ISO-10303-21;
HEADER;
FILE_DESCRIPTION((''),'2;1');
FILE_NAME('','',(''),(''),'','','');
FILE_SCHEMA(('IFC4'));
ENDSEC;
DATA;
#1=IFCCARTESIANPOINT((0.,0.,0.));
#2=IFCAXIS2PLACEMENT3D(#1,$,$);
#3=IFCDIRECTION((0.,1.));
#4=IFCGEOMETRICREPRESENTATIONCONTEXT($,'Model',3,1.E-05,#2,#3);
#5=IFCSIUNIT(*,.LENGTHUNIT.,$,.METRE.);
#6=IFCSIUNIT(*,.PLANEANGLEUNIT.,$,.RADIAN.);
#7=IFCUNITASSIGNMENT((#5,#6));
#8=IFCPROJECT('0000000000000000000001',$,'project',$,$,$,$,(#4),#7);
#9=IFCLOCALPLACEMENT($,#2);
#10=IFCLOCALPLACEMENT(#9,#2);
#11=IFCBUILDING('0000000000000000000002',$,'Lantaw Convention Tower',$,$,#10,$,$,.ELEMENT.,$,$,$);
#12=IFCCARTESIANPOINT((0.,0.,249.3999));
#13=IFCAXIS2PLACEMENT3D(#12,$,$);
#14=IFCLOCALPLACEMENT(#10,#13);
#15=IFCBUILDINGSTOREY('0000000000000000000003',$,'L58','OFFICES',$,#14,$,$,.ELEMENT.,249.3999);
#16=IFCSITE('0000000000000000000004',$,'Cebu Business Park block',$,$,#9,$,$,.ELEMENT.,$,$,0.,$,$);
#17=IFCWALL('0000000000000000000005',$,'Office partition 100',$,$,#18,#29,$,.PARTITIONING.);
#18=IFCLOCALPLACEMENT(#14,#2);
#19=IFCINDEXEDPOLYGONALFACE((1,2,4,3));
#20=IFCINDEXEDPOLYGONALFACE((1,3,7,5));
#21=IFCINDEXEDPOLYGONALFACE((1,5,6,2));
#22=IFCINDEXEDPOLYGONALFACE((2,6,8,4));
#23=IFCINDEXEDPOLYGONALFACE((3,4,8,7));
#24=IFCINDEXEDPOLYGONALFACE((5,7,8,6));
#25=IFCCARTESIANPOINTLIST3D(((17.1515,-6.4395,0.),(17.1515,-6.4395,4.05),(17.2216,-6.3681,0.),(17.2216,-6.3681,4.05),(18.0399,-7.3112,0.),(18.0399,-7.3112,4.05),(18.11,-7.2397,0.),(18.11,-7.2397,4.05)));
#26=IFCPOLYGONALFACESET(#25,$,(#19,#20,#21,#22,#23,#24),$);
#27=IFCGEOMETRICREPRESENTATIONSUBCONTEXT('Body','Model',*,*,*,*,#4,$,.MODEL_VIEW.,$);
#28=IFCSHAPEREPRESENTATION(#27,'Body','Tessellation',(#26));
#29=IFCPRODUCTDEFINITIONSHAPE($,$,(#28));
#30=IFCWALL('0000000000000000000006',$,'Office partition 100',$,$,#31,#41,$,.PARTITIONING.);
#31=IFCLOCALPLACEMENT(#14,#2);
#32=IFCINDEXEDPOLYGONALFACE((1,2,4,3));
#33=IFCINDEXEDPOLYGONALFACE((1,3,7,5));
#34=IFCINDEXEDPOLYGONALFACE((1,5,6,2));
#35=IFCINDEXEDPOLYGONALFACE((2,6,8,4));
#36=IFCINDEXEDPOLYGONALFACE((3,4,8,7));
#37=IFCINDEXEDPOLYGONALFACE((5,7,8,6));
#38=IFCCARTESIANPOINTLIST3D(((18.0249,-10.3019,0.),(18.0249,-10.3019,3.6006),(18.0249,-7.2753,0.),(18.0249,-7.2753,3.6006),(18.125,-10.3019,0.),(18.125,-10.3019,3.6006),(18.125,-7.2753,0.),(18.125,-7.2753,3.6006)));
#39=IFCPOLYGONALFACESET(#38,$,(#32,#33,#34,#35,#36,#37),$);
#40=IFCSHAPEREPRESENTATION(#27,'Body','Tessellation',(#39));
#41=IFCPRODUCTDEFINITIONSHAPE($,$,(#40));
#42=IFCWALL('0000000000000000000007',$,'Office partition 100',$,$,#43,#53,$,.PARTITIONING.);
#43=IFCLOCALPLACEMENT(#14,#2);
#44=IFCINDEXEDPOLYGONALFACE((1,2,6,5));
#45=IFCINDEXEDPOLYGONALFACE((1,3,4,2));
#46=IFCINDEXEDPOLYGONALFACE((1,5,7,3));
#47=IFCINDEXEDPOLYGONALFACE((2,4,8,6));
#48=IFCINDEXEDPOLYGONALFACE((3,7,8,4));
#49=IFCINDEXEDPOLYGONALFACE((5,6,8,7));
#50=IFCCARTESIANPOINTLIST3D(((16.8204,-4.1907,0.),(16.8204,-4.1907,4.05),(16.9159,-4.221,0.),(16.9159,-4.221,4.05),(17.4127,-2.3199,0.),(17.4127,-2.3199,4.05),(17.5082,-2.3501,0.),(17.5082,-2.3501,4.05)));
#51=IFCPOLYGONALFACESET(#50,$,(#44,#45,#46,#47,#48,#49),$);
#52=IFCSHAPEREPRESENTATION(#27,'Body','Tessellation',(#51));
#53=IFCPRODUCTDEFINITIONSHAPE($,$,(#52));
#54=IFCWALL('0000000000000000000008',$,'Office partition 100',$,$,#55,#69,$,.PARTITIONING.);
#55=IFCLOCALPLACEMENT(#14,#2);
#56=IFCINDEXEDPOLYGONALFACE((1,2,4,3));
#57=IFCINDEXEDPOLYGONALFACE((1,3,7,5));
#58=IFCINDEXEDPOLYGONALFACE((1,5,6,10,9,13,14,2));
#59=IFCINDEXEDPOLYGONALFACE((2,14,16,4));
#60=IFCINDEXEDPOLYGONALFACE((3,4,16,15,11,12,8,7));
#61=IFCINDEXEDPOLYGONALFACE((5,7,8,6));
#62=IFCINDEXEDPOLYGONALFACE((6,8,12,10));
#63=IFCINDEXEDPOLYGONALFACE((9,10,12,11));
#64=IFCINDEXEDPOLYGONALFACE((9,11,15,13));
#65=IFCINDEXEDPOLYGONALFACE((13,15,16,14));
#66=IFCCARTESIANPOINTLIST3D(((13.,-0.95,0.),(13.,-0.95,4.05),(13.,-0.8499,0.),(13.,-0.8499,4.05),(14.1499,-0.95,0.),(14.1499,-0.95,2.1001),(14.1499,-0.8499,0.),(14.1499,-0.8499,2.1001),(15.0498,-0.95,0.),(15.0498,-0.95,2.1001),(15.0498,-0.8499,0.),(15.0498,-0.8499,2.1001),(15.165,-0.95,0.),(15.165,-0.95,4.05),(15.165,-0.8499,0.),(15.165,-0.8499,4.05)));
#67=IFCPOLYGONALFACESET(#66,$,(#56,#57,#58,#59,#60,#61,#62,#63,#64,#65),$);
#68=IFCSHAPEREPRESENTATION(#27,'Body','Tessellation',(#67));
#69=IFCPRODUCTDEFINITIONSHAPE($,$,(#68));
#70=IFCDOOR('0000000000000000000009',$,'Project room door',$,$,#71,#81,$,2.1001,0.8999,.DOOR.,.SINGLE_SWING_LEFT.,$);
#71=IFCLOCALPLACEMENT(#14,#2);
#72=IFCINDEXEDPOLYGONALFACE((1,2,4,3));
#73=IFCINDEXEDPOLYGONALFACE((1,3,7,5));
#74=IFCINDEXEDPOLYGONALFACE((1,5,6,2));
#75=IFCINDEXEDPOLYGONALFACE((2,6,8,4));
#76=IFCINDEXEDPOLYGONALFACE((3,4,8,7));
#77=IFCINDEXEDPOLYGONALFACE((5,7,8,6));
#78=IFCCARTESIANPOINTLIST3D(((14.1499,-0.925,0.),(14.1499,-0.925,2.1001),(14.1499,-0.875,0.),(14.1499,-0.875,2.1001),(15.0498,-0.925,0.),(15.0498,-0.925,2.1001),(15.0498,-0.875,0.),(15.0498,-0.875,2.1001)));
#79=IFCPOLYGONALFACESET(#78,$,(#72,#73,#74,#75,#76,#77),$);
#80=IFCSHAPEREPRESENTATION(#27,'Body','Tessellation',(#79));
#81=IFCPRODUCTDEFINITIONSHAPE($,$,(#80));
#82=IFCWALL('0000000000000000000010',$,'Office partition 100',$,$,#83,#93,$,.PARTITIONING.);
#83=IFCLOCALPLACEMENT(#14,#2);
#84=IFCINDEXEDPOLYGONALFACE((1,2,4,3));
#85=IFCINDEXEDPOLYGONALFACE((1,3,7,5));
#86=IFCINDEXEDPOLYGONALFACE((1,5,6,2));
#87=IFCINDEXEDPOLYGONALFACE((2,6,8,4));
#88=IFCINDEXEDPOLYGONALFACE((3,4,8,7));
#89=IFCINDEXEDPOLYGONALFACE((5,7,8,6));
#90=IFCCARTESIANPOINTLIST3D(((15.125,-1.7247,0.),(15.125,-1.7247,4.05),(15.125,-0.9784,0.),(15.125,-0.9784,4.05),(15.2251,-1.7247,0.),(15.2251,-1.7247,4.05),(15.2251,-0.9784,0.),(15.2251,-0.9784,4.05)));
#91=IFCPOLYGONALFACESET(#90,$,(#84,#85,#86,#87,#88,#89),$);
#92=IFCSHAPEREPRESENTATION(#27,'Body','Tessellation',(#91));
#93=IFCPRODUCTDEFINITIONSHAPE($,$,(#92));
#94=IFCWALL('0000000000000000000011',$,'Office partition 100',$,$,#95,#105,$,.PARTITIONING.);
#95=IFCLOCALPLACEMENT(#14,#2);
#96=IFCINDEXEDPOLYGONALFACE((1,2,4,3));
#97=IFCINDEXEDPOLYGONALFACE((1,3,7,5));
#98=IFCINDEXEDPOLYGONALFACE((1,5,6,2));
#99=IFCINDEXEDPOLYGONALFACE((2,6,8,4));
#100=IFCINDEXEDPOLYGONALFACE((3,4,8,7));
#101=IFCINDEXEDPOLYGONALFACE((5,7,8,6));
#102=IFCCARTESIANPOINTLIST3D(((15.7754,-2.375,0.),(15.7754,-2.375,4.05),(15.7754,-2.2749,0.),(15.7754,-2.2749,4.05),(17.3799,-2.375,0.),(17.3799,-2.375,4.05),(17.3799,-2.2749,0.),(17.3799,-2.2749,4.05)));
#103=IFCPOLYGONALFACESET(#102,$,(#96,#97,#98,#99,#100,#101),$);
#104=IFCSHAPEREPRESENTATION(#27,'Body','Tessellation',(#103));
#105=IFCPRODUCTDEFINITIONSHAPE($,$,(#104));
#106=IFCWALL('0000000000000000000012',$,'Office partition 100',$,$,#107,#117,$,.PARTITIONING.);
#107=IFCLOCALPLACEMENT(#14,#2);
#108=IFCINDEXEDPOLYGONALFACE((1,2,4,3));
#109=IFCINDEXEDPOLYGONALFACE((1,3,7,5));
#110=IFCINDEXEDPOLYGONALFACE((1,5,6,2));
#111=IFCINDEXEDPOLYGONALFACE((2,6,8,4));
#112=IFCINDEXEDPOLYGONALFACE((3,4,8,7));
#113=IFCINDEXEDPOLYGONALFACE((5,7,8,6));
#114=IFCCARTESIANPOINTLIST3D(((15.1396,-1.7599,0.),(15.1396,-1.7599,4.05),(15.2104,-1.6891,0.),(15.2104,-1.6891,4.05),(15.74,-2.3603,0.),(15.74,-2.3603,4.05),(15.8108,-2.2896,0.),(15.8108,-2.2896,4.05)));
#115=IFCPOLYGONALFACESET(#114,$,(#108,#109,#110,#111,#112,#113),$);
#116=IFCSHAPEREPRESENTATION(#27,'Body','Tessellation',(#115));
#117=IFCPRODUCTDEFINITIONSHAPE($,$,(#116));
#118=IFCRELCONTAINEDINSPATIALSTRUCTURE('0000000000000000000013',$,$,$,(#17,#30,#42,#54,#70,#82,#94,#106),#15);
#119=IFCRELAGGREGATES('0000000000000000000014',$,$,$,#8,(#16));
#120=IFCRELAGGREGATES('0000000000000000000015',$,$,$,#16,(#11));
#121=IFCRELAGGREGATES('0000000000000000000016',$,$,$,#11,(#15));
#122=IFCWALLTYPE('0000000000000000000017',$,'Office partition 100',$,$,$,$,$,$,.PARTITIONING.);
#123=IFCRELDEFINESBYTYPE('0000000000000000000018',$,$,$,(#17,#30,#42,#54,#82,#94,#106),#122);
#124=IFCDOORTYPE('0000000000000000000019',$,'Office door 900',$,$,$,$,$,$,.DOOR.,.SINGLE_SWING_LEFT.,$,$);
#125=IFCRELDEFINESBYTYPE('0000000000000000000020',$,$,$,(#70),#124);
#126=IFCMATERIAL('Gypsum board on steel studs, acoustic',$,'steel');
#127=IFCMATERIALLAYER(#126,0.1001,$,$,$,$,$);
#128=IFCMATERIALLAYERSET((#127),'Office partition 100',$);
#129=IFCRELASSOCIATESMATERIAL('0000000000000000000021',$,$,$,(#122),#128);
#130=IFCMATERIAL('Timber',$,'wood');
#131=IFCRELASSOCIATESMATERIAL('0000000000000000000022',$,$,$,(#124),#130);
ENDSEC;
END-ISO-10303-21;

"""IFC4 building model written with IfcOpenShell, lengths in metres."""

from ifc_helpers import new_model, si_unit, direction, frame, frame_2d, origin, place, context, subcontext, project, spatial, rectangle, extrude, material, layer, layer_set, type_object, element, fill, save


model = new_model("IFC4")

# Units and contexts
model_context = context("Model", 3, precision=1e-05, world=origin(), true_north=direction((0.0, 1.0)))
body_context = subcontext(model_context, "Body", "Model", "MODEL_VIEW")
ifc_project = project(units=[si_unit("LENGTHUNIT", "METRE"), si_unit("PLANEANGLEUNIT", "RADIAN")], contexts=[model_context])

# Site, building, storey
site_placement = place(None, origin())
site = spatial("IfcSite", under=ifc_project, at=site_placement, Name="Cebu Business Park block", CompositionType="ELEMENT", RefElevation=0.0)
building_placement = place(site_placement, origin())
building = spatial("IfcBuilding", under=site, at=building_placement, Name="Lantaw Convention Tower", CompositionType="ELEMENT")
storey_placement = place(building_placement, frame((0.0, 0.0, 249.3999)))
storey = spatial("IfcBuildingStorey", under=building, at=storey_placement, Name="L58", Description="OFFICES", CompositionType="ELEMENT", Elevation=249.3999)

# Shared definitions
ifc_material_1 = material(Name="Gypsum board on steel studs, acoustic", Category="steel")
ifc_layer_1 = layer(ifc_material_1, 0.1001)
ifc_layer_set_1 = layer_set([ifc_layer_1], Name="Office partition 100")
wall_type_1 = type_object("IfcWallType", Name="Office partition 100", PredefinedType="PARTITIONING", material=ifc_layer_set_1)
ifc_material_2 = material(Name="Timber", Category="wood")
door_type_1 = type_object("IfcDoorType", Name="Office door 900", OperationType="SINGLE_SWING_LEFT", PredefinedType="DOOR", material=ifc_material_2)

# Walls
wall_1_placement = place(storey_placement, frame((17.1865, -6.4038, 0.0), z_axis=(0.0, 0.0, 1.0), x_axis=(0.713842, -0.700307, 0.0)))
element("IfcWall", 1, at=wall_1_placement, inside=storey, type_object=wall_type_1, Name="Office partition 100", PredefinedType="PARTITIONING", context=body_context, shape_type="SweptSolid", body=[
    extrude(rectangle(XDim=1.2446, YDim=0.1001, at=frame_2d((0.6223, 0.0))), origin(), (0.0, 0.0, 1.0), 4.05),
])
wall_2_placement = place(storey_placement, frame((18.075, -7.2754, 0.0), z_axis=(0.0, 0.0, 1.0), x_axis=(0.0, -1.0, 0.0)))
element("IfcWall", 2, at=wall_2_placement, inside=storey, type_object=wall_type_1, Name="Office partition 100", PredefinedType="PARTITIONING", context=body_context, shape_type="SweptSolid", body=[
    extrude(rectangle(XDim=3.0266, YDim=0.1001, at=frame_2d((1.5132, 0.0))), origin(), (0.0, 0.0, 1.0), 3.6006),
])
wall_3_placement = place(storey_placement, frame((17.4604, -2.335, 0.0), z_axis=(0.0, 0.0, 1.0), x_axis=(-0.301822, -0.953364, 0.0)))
element("IfcWall", 3, at=wall_3_placement, inside=storey, type_object=wall_type_1, Name="Office partition 100", PredefinedType="PARTITIONING", context=body_context, shape_type="SweptSolid", body=[
    extrude(rectangle(XDim=1.9624, YDim=0.1001, at=frame_2d((0.9812, 0.0))), origin(), (0.0, 0.0, 1.0), 4.05),
])

# Wall, opening, door
wall_4_placement = place(storey_placement, frame((13.0, -0.8999, 0.0), z_axis=(0.0, 0.0, 1.0), x_axis=(1.0, 0.0, 0.0)))
wall_4 = element("IfcWall", 4, at=wall_4_placement, inside=storey, type_object=wall_type_1, Name="Office partition 100", PredefinedType="PARTITIONING", context=body_context, shape_type="SweptSolid", body=[
    extrude(rectangle(XDim=2.165, YDim=0.1001, at=frame_2d((1.0825, 0.0))), origin(), (0.0, 0.0, 1.0), 4.05),
])
opening_1_placement = place(wall_4_placement, frame((1.1499, 0.0, 0.0)))
opening_1 = element("IfcOpeningElement", 5, at=opening_1_placement, cuts=wall_4, PredefinedType="OPENING", context=body_context, shape_type="SweptSolid", body=[
    extrude(rectangle(XDim=0.8999, YDim=2.1001, at=frame_2d((0.45, 1.05))), frame((0.0, 0.0601, 0.0), z_axis=(0.0, -1.0, 0.0), x_axis=(1.0, 0.0, 0.0)), (0.0, 0.0, 1.0), 0.1201),
])
door_1_placement = place(opening_1_placement, origin())
door_1 = element("IfcDoor", 6, at=door_1_placement, inside=storey, type_object=door_type_1, Name="Project room door", OperationType="SINGLE_SWING_LEFT", OverallHeight=2.1001, OverallWidth=0.8999, PredefinedType="DOOR", context=body_context, shape_type="SweptSolid", body=[
    extrude(rectangle(XDim=0.8999, YDim=2.1001, at=frame_2d((0.45, 1.05))), frame((0.0, 0.0249, 0.0), z_axis=(0.0, -1.0, 0.0), x_axis=(1.0, 0.0, 0.0)), (0.0, 0.0, 1.0), 0.05),
])
fill(opening_1, door_1)

# Walls
wall_5_placement = place(storey_placement, frame((15.175, -1.7246, 0.0), z_axis=(0.0, 0.0, 1.0), x_axis=(0.0, 1.0, 0.0)))
element("IfcWall", 7, at=wall_5_placement, inside=storey, type_object=wall_type_1, Name="Office partition 100", PredefinedType="PARTITIONING", context=body_context, shape_type="SweptSolid", body=[
    extrude(rectangle(XDim=0.7463, YDim=0.1001, at=frame_2d((0.373, 0.0))), origin(), (0.0, 0.0, 1.0), 4.05),
])
wall_6_placement = place(storey_placement, frame((17.3799, -2.325, 0.0), z_axis=(0.0, 0.0, 1.0), x_axis=(-1.0, 0.0, 0.0)))
element("IfcWall", 8, at=wall_6_placement, inside=storey, type_object=wall_type_1, Name="Office partition 100", PredefinedType="PARTITIONING", context=body_context, shape_type="SweptSolid", body=[
    extrude(rectangle(XDim=1.6045, YDim=0.1001, at=frame_2d((0.8022, 0.0))), origin(), (0.0, 0.0, 1.0), 4.05),
])
wall_7_placement = place(storey_placement, frame((15.7754, -2.325, 0.0), z_axis=(0.0, 0.0, 1.0), x_axis=(-0.707107, 0.707107, 0.0)))
element("IfcWall", 9, at=wall_7_placement, inside=storey, type_object=wall_type_1, Name="Office partition 100", PredefinedType="PARTITIONING", context=body_context, shape_type="SweptSolid", body=[
    extrude(rectangle(XDim=0.8491, YDim=0.1001, at=frame_2d((0.4246, 0.0))), origin(), (0.0, 0.0, 1.0), 4.05),
])

save(model, "model.ifc")
